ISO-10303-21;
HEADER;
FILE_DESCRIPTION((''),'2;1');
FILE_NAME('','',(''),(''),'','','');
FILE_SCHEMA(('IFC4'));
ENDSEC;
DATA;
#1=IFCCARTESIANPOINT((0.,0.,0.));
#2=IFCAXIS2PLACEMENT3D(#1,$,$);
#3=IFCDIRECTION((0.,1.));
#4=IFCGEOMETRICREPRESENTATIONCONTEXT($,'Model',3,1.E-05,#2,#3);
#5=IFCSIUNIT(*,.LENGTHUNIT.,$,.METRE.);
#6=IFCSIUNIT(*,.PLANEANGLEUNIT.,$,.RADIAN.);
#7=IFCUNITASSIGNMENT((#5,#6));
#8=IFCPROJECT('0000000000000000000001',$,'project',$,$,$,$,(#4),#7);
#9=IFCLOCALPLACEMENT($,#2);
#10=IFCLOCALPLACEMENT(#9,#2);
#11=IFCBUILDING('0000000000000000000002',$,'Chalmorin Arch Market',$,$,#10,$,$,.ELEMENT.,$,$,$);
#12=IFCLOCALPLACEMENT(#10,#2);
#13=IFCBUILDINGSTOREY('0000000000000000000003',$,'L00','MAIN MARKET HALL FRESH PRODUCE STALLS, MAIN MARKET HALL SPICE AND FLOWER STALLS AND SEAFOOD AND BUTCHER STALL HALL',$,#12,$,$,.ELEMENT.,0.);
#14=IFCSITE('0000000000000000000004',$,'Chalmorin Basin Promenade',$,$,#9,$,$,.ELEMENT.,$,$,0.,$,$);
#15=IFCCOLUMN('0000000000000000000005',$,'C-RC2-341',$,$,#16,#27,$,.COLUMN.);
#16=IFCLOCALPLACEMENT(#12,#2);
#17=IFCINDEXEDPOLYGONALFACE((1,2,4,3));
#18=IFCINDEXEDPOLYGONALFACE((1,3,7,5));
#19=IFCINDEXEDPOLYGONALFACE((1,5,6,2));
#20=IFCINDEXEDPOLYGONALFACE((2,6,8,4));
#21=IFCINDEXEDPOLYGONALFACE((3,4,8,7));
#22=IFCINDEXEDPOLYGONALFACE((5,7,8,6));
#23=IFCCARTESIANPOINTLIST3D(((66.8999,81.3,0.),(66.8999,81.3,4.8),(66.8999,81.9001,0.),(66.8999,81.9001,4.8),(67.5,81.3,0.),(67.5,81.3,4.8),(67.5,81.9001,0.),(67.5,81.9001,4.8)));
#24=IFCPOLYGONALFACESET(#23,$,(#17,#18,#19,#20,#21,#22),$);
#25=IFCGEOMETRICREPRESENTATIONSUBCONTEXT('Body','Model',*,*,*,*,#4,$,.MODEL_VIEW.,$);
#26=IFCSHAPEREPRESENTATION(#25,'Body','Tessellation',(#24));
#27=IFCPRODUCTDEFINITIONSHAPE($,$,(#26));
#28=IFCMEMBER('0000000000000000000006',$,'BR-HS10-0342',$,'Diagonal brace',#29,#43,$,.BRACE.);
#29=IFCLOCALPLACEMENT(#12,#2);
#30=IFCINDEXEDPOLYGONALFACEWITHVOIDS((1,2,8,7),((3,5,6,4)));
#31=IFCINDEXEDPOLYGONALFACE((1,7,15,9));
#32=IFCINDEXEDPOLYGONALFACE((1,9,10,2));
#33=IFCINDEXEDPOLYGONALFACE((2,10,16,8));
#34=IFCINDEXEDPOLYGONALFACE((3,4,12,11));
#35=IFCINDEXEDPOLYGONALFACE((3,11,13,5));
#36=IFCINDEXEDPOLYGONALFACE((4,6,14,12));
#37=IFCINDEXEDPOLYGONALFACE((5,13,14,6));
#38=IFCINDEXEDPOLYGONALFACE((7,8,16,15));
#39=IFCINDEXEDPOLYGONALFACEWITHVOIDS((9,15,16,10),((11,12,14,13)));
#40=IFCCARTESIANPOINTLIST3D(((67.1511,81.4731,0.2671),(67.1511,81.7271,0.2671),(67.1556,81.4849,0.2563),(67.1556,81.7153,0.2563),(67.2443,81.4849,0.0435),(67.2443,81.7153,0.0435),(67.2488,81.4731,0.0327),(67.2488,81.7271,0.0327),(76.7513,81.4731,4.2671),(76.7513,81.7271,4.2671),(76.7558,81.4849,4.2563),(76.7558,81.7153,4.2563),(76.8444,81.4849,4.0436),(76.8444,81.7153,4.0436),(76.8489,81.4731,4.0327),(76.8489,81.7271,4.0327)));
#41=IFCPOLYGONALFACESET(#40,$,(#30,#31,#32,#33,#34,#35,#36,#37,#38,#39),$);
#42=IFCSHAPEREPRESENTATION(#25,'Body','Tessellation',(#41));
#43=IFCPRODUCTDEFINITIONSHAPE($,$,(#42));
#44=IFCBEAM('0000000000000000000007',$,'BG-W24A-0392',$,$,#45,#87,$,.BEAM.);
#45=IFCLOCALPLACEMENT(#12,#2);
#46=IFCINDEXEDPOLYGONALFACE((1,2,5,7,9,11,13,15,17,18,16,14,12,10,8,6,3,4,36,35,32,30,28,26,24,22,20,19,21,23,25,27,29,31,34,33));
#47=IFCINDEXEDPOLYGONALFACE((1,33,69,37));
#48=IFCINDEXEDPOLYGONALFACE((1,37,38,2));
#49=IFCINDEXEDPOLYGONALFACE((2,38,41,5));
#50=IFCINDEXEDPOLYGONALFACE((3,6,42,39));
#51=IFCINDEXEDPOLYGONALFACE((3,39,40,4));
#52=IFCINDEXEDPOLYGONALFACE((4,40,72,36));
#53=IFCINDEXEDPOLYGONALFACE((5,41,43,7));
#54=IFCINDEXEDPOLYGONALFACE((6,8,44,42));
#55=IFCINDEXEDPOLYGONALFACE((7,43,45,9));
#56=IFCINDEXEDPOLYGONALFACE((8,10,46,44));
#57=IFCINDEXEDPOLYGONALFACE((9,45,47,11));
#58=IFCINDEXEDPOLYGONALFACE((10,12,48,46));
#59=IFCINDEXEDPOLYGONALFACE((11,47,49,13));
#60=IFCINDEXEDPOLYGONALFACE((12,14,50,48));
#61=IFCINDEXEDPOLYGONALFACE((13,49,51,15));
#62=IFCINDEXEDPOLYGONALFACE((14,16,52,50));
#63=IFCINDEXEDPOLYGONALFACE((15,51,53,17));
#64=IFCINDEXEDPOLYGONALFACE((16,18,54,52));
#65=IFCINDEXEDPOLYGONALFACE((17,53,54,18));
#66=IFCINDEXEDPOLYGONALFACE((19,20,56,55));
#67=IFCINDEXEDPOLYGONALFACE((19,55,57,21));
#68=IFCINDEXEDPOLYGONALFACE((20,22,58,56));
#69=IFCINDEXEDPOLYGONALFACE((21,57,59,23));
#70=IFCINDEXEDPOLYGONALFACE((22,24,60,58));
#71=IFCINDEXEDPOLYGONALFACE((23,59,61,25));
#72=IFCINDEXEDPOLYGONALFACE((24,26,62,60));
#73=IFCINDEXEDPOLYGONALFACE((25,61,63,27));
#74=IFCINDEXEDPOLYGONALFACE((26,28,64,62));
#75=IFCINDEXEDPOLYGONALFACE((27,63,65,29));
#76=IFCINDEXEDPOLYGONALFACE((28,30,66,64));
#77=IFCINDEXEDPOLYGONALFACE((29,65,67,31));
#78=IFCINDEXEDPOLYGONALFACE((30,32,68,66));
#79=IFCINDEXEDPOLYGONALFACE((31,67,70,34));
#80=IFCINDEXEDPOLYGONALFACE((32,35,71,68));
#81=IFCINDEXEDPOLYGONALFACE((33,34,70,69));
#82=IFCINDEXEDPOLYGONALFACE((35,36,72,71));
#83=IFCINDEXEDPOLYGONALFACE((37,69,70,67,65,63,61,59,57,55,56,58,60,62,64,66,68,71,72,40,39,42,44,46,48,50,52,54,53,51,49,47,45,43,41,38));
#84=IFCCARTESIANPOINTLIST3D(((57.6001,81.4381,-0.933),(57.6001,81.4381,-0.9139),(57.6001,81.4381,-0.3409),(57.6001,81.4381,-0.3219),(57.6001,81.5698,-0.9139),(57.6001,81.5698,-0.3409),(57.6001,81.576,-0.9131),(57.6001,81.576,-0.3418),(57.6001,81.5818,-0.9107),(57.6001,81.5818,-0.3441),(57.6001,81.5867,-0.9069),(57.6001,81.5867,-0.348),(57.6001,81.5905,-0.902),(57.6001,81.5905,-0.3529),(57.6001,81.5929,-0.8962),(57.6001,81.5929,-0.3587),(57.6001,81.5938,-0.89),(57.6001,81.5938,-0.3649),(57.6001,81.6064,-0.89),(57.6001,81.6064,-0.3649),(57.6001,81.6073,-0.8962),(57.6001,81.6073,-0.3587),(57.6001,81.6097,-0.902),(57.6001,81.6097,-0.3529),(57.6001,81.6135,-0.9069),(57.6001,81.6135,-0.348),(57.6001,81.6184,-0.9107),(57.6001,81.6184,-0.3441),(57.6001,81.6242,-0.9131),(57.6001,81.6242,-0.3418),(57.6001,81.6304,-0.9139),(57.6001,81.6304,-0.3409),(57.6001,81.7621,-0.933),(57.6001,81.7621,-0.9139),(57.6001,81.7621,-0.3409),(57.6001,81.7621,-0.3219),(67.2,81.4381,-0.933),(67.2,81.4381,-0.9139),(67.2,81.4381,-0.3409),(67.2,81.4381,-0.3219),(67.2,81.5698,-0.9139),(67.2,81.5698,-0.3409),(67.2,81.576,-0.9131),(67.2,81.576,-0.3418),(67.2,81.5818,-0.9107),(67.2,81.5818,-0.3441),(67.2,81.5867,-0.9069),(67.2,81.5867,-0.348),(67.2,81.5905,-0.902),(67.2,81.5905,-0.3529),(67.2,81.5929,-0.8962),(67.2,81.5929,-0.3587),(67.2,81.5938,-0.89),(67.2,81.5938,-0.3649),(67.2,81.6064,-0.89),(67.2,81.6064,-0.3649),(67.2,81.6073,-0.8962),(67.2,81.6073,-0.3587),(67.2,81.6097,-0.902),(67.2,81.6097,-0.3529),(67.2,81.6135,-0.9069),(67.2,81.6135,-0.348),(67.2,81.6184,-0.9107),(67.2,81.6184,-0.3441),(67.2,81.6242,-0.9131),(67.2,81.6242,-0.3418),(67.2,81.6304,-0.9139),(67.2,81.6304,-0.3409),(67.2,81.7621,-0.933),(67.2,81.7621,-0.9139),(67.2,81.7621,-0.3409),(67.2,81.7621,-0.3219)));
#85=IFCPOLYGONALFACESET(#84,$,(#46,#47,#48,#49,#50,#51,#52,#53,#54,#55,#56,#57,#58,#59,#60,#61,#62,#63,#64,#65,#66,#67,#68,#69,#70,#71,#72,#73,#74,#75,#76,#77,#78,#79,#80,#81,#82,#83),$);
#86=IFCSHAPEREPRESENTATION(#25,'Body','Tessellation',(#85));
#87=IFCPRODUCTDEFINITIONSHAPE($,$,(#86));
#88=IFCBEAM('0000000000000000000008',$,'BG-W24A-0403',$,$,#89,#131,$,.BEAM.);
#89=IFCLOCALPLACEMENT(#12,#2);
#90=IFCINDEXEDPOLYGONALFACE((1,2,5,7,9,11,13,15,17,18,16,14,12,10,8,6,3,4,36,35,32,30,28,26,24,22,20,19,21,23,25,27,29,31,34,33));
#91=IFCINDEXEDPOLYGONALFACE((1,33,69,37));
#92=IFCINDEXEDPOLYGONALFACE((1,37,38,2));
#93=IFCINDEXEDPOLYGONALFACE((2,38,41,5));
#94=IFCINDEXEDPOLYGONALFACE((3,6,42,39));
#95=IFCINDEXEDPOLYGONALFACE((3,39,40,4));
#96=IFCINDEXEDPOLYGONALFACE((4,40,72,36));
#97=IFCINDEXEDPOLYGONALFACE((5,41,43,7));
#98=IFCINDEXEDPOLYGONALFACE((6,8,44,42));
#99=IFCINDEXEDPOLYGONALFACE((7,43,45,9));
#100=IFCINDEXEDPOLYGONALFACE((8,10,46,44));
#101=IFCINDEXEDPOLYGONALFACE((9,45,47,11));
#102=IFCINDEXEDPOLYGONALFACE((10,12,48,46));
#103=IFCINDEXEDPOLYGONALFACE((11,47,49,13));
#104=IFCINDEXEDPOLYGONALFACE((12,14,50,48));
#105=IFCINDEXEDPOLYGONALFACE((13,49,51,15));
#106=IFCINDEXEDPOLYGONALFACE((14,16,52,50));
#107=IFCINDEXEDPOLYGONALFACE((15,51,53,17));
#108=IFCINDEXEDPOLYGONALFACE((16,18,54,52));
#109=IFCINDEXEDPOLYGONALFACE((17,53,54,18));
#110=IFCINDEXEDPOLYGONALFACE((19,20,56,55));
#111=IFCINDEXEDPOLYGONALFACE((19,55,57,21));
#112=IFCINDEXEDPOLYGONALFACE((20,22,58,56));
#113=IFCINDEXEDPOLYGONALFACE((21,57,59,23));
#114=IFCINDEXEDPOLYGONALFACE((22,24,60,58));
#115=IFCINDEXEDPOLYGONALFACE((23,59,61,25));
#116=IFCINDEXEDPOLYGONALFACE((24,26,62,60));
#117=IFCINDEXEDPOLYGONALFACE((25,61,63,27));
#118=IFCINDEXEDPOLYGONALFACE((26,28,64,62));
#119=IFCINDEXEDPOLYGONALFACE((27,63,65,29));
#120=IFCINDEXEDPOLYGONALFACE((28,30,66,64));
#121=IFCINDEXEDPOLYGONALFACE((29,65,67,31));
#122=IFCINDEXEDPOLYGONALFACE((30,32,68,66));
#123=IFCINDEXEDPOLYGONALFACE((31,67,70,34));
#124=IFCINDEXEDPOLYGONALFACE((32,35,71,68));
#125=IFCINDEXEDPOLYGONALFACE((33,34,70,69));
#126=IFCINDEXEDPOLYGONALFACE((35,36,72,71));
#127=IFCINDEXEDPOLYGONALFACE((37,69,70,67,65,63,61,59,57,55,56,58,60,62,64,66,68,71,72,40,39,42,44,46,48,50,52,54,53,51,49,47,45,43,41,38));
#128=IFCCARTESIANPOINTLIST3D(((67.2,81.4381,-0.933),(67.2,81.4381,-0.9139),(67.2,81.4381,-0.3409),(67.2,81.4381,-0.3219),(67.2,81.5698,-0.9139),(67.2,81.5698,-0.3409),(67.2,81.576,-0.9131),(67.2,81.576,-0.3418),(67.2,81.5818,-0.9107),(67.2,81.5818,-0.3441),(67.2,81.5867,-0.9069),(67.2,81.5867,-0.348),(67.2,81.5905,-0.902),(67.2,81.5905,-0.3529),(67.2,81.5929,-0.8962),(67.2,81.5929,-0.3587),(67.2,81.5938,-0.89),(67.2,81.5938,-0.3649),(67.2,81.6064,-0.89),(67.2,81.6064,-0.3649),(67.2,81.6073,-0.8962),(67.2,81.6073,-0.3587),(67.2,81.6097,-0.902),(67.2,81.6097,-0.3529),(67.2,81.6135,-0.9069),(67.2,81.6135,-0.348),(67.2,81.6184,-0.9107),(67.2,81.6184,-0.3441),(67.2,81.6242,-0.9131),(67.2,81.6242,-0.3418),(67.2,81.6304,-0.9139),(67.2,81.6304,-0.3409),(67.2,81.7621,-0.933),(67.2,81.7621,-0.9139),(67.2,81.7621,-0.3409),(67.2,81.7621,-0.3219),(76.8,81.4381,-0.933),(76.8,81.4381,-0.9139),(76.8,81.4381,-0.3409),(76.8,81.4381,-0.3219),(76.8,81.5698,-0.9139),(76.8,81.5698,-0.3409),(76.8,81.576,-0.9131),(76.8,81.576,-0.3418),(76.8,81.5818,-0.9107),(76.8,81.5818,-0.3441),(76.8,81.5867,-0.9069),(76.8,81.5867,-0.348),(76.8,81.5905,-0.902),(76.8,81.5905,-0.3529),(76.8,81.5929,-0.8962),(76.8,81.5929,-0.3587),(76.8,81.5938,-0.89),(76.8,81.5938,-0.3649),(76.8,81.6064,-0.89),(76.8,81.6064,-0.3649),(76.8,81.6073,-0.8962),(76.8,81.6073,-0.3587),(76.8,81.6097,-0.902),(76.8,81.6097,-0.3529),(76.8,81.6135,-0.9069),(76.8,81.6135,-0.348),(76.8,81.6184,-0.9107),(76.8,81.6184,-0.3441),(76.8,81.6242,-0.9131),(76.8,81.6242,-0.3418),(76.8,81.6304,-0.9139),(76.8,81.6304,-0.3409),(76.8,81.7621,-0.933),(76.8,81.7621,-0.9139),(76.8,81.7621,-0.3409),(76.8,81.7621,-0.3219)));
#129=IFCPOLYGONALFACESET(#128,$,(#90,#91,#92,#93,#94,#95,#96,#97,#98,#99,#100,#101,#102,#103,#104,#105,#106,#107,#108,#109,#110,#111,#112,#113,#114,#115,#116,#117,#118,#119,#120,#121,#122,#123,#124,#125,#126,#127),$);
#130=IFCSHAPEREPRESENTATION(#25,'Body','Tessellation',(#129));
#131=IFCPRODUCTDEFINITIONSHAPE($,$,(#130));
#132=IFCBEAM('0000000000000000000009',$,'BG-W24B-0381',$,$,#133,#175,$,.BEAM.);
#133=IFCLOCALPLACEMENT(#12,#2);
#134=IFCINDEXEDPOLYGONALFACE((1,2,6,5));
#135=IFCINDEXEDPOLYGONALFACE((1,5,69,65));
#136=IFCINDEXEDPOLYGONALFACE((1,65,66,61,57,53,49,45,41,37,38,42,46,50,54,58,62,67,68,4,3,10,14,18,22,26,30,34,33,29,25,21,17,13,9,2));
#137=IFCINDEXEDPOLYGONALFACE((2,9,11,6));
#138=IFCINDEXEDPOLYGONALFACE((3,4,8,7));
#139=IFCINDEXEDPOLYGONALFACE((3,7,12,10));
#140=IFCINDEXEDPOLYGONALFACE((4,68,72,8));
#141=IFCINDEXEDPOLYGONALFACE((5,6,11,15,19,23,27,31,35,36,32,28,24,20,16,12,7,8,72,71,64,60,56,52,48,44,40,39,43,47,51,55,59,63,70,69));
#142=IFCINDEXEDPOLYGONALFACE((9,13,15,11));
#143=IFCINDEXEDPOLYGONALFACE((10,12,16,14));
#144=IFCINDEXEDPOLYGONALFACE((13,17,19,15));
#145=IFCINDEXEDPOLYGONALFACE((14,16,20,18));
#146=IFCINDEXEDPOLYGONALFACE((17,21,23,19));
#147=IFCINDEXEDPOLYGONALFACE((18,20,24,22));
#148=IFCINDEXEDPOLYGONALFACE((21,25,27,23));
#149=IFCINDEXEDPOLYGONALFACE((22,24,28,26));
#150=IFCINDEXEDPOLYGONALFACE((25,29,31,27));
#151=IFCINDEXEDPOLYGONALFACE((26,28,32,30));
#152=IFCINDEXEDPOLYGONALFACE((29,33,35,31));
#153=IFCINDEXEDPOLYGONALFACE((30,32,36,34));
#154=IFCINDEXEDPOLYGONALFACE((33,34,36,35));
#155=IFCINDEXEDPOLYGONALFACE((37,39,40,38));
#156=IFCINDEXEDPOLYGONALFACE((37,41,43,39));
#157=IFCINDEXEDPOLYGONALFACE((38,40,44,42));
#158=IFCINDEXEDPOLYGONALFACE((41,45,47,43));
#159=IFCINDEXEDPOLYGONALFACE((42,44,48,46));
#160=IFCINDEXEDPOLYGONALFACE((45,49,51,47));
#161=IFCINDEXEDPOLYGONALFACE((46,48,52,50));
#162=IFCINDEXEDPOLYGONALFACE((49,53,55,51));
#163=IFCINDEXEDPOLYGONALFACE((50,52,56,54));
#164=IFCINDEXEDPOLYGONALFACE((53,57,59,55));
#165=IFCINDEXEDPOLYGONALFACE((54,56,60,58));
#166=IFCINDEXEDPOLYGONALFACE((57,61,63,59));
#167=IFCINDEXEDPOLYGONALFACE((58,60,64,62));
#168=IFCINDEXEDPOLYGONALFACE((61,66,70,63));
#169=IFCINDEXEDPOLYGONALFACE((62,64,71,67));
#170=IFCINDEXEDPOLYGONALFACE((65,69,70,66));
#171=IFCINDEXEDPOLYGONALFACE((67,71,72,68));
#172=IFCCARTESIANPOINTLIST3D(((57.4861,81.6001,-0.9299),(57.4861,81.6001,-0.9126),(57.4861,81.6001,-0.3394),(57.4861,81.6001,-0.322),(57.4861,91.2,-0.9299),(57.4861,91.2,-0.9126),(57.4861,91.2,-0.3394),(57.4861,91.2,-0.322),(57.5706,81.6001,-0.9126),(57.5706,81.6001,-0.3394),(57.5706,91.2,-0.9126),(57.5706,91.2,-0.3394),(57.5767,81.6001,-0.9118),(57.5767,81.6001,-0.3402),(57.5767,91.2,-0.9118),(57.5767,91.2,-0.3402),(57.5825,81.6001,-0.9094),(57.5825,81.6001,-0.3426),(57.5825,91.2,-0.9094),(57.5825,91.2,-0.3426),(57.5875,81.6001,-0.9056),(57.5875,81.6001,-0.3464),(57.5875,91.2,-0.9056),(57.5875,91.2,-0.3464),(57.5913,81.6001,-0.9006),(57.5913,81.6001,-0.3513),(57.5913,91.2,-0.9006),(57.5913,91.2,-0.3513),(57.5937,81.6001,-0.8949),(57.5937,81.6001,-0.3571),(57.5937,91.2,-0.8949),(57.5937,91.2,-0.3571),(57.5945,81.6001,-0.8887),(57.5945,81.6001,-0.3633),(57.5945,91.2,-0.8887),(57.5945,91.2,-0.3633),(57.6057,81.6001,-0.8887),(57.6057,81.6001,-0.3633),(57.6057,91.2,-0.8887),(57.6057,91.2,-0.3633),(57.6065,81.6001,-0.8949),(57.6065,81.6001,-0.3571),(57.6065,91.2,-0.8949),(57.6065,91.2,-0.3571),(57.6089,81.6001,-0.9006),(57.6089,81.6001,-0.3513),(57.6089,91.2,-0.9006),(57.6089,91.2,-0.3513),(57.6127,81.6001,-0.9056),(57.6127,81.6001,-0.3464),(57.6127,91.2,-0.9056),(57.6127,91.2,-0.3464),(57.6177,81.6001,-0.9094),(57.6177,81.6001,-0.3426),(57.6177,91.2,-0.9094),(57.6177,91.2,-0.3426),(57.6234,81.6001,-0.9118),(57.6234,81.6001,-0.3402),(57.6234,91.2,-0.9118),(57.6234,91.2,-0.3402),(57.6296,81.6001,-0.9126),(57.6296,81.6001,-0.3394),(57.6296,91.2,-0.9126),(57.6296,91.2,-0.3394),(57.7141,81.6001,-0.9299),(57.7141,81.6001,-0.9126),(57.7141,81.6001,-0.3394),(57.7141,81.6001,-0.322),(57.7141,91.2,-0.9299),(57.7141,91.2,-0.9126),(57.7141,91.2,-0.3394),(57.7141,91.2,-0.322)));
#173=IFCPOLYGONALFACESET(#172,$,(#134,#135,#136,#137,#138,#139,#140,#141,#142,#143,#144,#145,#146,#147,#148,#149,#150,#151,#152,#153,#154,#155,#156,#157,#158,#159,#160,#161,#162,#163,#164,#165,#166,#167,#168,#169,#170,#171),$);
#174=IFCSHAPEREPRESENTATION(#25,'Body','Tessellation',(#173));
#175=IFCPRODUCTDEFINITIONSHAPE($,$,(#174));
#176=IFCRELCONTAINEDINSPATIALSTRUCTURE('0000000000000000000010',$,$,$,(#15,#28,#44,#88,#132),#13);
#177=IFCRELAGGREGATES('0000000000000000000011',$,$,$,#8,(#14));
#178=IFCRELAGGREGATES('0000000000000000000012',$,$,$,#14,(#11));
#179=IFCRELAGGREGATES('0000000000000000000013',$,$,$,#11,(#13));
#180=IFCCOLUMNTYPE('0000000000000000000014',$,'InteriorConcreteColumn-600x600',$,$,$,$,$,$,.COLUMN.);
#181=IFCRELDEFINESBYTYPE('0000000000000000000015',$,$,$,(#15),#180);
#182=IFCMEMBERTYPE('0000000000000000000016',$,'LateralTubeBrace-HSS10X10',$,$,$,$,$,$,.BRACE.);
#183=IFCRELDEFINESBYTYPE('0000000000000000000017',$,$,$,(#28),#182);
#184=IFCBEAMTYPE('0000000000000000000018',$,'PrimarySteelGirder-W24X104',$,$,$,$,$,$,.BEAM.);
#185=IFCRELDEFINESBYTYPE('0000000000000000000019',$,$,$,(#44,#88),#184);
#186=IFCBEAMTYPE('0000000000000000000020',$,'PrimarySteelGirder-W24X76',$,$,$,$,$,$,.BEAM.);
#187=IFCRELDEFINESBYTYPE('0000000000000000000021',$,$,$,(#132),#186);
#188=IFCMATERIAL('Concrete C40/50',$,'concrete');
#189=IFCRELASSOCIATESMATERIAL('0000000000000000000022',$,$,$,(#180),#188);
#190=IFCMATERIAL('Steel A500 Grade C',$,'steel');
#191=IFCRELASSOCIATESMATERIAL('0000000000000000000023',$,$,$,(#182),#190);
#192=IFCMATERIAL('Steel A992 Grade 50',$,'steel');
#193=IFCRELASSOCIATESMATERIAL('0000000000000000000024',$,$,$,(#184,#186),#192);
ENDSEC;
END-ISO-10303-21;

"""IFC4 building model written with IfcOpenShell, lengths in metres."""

from ifc_helpers import new_model, si_unit, direction, frame, origin, origin_2d, place, context, subcontext, project, spatial, rectangle, hollow_rectangle, i_section, extrude, material, material_profile, profile_set, type_object, element, save


model = new_model("IFC4")

# Units and contexts
model_context = context("Model", 3, precision=1e-05, world=origin(), true_north=direction((0.0, 1.0)))
body_context = subcontext(model_context, "Body", "Model", "MODEL_VIEW")
ifc_project = project(units=[si_unit("LENGTHUNIT", "METRE"), si_unit("PLANEANGLEUNIT", "RADIAN")], contexts=[model_context])

# Site, building, storey
site_placement = place(None, origin())
site = spatial("IfcSite", under=ifc_project, at=site_placement, Name="Chalmorin Basin Promenade", CompositionType="ELEMENT", RefElevation=0.0)
building_placement = place(site_placement, origin())
building = spatial("IfcBuilding", under=site, at=building_placement, Name="Chalmorin Arch Market", CompositionType="ELEMENT")
storey_placement = place(building_placement, origin())
storey = spatial("IfcBuildingStorey", under=building, at=storey_placement, Name="L00", Description="MAIN MARKET HALL FRESH PRODUCE STALLS, MAIN MARKET HALL SPICE AND FLOWER STALLS AND SEAFOOD AND BUTCHER STALL HALL", CompositionType="ELEMENT", Elevation=0.0)

# Column
ifc_material_1 = material(Name="Concrete C40/50", Category="concrete")
ifc_material_profile_1 = material_profile(ifc_material_1, rectangle(XDim=0.6001, YDim=0.6001, at=origin_2d()), Name="RC600X600")
ifc_profile_set_1 = profile_set([ifc_material_profile_1], Name="Concrete C40/50")
column_type = type_object("IfcColumnType", Name="InteriorConcreteColumn-600x600", PredefinedType="COLUMN", material=ifc_profile_set_1)
column_placement = place(storey_placement, frame((67.2, 81.6001, 0.0), z_axis=(0.0, 0.0, 1.0), x_axis=(1.0, 0.0, 0.0)))
element("IfcColumn", 1, at=column_placement, inside=storey, type_object=column_type, Name="C-RC2-341", PredefinedType="COLUMN", context=body_context, shape_type="SweptSolid", body=[
    extrude(rectangle(XDim=0.6001, YDim=0.6001, at=origin_2d()), origin(), (0.0, 0.0, 1.0), 4.8),
])

# Member
ifc_material_2 = material(Name="Steel A500 Grade C", Category="steel")
ifc_material_profile_2 = material_profile(ifc_material_2, hollow_rectangle(XDim=0.2539, YDim=0.2539, WallThickness=0.0117, at=origin_2d()), Name="HSS10X10X1/2")
ifc_profile_set_2 = profile_set([ifc_material_profile_2], Name="Steel A500 Grade C")
member_type = type_object("IfcMemberType", Name="LateralTubeBrace-HSS10X10", PredefinedType="BRACE", material=ifc_profile_set_2)
member_placement = place(storey_placement, frame((67.2, 81.6001, 0.1499), z_axis=(0.923078, 0.0, 0.384612), x_axis=(0.0, 1.0, 0.0)))
element("IfcMember", 2, at=member_placement, inside=storey, type_object=member_type, Name="BR-HS10-0342", ObjectType="Diagonal brace", PredefinedType="BRACE", context=body_context, shape_type="SweptSolid", body=[
    extrude(hollow_rectangle(XDim=0.2539, YDim=0.2539, WallThickness=0.0117, at=origin_2d()), origin(), (0.0, 0.0, 1.0), 10.4001),
])

# Beams
ifc_material_3 = material(Name="Steel A992 Grade 50", Category="steel")
ifc_material_profile_3 = material_profile(ifc_material_3, i_section(OverallWidth=0.324, OverallDepth=0.6111, WebThickness=0.0127, FlangeThickness=0.019, FilletRadius=0.0239, at=origin_2d()), Name="W24X104")
ifc_profile_set_3 = profile_set([ifc_material_profile_3], Name="Steel A992 Grade 50")
beam_type_1 = type_object("IfcBeamType", Name="PrimarySteelGirder-W24X104", PredefinedType="BEAM", material=ifc_profile_set_3)
beam_1_placement = place(storey_placement, frame((57.6001, 81.6001, -0.6274), z_axis=(1.0, 0.0, 0.0), x_axis=(0.0, 1.0, 0.0)))
element("IfcBeam", 3, at=beam_1_placement, inside=storey, type_object=beam_type_1, Name="BG-W24A-0392", PredefinedType="BEAM", context=body_context, shape_type="SweptSolid", body=[
    extrude(i_section(OverallWidth=0.324, OverallDepth=0.6111, WebThickness=0.0127, FlangeThickness=0.019, FilletRadius=0.0239, at=origin_2d()), origin(), (0.0, 0.0, 1.0), 9.5999),
])
beam_2_placement = place(storey_placement, frame((67.2, 81.6001, -0.6274), z_axis=(1.0, 0.0, 0.0), x_axis=(0.0, 1.0, 0.0)))
element("IfcBeam", 4, at=beam_2_placement, inside=storey, type_object=beam_type_1, Name="BG-W24A-0403", PredefinedType="BEAM", context=body_context, shape_type="SweptSolid", body=[
    extrude(i_section(OverallWidth=0.324, OverallDepth=0.6111, WebThickness=0.0127, FlangeThickness=0.019, FilletRadius=0.0239, at=origin_2d()), origin(), (0.0, 0.0, 1.0), 9.6001),
])
ifc_material_profile_4 = material_profile(ifc_material_3, i_section(OverallWidth=0.228, OverallDepth=0.6079, WebThickness=0.0112, FlangeThickness=0.0173, FilletRadius=0.0239, at=origin_2d()), Name="W24X76")
ifc_profile_set_4 = profile_set([ifc_material_profile_4], Name="Steel A992 Grade 50")
beam_type_2 = type_object("IfcBeamType", Name="PrimarySteelGirder-W24X76", PredefinedType="BEAM", material=ifc_profile_set_4)
for number, where, z_axis, x_axis, name in (
    (5, (57.6001, 81.6001, -0.626), (0.0, 1.0, 0.0), (-1.0, 0.0, 0.0), "BG-W24B-0381"),
):
    element("IfcBeam", number, at=place(storey_placement, frame(where, z_axis=z_axis, x_axis=x_axis)), inside=storey, type_object=beam_type_2, Name=name, PredefinedType="BEAM", context=body_context, shape_type="SweptSolid", body=[
        extrude(i_section(OverallWidth=0.228, OverallDepth=0.6079, WebThickness=0.0112, FlangeThickness=0.0173, FilletRadius=0.0239, at=origin_2d()), origin(), (0.0, 0.0, 1.0), 9.5999),
    ])

save(model, "model.ifc")
